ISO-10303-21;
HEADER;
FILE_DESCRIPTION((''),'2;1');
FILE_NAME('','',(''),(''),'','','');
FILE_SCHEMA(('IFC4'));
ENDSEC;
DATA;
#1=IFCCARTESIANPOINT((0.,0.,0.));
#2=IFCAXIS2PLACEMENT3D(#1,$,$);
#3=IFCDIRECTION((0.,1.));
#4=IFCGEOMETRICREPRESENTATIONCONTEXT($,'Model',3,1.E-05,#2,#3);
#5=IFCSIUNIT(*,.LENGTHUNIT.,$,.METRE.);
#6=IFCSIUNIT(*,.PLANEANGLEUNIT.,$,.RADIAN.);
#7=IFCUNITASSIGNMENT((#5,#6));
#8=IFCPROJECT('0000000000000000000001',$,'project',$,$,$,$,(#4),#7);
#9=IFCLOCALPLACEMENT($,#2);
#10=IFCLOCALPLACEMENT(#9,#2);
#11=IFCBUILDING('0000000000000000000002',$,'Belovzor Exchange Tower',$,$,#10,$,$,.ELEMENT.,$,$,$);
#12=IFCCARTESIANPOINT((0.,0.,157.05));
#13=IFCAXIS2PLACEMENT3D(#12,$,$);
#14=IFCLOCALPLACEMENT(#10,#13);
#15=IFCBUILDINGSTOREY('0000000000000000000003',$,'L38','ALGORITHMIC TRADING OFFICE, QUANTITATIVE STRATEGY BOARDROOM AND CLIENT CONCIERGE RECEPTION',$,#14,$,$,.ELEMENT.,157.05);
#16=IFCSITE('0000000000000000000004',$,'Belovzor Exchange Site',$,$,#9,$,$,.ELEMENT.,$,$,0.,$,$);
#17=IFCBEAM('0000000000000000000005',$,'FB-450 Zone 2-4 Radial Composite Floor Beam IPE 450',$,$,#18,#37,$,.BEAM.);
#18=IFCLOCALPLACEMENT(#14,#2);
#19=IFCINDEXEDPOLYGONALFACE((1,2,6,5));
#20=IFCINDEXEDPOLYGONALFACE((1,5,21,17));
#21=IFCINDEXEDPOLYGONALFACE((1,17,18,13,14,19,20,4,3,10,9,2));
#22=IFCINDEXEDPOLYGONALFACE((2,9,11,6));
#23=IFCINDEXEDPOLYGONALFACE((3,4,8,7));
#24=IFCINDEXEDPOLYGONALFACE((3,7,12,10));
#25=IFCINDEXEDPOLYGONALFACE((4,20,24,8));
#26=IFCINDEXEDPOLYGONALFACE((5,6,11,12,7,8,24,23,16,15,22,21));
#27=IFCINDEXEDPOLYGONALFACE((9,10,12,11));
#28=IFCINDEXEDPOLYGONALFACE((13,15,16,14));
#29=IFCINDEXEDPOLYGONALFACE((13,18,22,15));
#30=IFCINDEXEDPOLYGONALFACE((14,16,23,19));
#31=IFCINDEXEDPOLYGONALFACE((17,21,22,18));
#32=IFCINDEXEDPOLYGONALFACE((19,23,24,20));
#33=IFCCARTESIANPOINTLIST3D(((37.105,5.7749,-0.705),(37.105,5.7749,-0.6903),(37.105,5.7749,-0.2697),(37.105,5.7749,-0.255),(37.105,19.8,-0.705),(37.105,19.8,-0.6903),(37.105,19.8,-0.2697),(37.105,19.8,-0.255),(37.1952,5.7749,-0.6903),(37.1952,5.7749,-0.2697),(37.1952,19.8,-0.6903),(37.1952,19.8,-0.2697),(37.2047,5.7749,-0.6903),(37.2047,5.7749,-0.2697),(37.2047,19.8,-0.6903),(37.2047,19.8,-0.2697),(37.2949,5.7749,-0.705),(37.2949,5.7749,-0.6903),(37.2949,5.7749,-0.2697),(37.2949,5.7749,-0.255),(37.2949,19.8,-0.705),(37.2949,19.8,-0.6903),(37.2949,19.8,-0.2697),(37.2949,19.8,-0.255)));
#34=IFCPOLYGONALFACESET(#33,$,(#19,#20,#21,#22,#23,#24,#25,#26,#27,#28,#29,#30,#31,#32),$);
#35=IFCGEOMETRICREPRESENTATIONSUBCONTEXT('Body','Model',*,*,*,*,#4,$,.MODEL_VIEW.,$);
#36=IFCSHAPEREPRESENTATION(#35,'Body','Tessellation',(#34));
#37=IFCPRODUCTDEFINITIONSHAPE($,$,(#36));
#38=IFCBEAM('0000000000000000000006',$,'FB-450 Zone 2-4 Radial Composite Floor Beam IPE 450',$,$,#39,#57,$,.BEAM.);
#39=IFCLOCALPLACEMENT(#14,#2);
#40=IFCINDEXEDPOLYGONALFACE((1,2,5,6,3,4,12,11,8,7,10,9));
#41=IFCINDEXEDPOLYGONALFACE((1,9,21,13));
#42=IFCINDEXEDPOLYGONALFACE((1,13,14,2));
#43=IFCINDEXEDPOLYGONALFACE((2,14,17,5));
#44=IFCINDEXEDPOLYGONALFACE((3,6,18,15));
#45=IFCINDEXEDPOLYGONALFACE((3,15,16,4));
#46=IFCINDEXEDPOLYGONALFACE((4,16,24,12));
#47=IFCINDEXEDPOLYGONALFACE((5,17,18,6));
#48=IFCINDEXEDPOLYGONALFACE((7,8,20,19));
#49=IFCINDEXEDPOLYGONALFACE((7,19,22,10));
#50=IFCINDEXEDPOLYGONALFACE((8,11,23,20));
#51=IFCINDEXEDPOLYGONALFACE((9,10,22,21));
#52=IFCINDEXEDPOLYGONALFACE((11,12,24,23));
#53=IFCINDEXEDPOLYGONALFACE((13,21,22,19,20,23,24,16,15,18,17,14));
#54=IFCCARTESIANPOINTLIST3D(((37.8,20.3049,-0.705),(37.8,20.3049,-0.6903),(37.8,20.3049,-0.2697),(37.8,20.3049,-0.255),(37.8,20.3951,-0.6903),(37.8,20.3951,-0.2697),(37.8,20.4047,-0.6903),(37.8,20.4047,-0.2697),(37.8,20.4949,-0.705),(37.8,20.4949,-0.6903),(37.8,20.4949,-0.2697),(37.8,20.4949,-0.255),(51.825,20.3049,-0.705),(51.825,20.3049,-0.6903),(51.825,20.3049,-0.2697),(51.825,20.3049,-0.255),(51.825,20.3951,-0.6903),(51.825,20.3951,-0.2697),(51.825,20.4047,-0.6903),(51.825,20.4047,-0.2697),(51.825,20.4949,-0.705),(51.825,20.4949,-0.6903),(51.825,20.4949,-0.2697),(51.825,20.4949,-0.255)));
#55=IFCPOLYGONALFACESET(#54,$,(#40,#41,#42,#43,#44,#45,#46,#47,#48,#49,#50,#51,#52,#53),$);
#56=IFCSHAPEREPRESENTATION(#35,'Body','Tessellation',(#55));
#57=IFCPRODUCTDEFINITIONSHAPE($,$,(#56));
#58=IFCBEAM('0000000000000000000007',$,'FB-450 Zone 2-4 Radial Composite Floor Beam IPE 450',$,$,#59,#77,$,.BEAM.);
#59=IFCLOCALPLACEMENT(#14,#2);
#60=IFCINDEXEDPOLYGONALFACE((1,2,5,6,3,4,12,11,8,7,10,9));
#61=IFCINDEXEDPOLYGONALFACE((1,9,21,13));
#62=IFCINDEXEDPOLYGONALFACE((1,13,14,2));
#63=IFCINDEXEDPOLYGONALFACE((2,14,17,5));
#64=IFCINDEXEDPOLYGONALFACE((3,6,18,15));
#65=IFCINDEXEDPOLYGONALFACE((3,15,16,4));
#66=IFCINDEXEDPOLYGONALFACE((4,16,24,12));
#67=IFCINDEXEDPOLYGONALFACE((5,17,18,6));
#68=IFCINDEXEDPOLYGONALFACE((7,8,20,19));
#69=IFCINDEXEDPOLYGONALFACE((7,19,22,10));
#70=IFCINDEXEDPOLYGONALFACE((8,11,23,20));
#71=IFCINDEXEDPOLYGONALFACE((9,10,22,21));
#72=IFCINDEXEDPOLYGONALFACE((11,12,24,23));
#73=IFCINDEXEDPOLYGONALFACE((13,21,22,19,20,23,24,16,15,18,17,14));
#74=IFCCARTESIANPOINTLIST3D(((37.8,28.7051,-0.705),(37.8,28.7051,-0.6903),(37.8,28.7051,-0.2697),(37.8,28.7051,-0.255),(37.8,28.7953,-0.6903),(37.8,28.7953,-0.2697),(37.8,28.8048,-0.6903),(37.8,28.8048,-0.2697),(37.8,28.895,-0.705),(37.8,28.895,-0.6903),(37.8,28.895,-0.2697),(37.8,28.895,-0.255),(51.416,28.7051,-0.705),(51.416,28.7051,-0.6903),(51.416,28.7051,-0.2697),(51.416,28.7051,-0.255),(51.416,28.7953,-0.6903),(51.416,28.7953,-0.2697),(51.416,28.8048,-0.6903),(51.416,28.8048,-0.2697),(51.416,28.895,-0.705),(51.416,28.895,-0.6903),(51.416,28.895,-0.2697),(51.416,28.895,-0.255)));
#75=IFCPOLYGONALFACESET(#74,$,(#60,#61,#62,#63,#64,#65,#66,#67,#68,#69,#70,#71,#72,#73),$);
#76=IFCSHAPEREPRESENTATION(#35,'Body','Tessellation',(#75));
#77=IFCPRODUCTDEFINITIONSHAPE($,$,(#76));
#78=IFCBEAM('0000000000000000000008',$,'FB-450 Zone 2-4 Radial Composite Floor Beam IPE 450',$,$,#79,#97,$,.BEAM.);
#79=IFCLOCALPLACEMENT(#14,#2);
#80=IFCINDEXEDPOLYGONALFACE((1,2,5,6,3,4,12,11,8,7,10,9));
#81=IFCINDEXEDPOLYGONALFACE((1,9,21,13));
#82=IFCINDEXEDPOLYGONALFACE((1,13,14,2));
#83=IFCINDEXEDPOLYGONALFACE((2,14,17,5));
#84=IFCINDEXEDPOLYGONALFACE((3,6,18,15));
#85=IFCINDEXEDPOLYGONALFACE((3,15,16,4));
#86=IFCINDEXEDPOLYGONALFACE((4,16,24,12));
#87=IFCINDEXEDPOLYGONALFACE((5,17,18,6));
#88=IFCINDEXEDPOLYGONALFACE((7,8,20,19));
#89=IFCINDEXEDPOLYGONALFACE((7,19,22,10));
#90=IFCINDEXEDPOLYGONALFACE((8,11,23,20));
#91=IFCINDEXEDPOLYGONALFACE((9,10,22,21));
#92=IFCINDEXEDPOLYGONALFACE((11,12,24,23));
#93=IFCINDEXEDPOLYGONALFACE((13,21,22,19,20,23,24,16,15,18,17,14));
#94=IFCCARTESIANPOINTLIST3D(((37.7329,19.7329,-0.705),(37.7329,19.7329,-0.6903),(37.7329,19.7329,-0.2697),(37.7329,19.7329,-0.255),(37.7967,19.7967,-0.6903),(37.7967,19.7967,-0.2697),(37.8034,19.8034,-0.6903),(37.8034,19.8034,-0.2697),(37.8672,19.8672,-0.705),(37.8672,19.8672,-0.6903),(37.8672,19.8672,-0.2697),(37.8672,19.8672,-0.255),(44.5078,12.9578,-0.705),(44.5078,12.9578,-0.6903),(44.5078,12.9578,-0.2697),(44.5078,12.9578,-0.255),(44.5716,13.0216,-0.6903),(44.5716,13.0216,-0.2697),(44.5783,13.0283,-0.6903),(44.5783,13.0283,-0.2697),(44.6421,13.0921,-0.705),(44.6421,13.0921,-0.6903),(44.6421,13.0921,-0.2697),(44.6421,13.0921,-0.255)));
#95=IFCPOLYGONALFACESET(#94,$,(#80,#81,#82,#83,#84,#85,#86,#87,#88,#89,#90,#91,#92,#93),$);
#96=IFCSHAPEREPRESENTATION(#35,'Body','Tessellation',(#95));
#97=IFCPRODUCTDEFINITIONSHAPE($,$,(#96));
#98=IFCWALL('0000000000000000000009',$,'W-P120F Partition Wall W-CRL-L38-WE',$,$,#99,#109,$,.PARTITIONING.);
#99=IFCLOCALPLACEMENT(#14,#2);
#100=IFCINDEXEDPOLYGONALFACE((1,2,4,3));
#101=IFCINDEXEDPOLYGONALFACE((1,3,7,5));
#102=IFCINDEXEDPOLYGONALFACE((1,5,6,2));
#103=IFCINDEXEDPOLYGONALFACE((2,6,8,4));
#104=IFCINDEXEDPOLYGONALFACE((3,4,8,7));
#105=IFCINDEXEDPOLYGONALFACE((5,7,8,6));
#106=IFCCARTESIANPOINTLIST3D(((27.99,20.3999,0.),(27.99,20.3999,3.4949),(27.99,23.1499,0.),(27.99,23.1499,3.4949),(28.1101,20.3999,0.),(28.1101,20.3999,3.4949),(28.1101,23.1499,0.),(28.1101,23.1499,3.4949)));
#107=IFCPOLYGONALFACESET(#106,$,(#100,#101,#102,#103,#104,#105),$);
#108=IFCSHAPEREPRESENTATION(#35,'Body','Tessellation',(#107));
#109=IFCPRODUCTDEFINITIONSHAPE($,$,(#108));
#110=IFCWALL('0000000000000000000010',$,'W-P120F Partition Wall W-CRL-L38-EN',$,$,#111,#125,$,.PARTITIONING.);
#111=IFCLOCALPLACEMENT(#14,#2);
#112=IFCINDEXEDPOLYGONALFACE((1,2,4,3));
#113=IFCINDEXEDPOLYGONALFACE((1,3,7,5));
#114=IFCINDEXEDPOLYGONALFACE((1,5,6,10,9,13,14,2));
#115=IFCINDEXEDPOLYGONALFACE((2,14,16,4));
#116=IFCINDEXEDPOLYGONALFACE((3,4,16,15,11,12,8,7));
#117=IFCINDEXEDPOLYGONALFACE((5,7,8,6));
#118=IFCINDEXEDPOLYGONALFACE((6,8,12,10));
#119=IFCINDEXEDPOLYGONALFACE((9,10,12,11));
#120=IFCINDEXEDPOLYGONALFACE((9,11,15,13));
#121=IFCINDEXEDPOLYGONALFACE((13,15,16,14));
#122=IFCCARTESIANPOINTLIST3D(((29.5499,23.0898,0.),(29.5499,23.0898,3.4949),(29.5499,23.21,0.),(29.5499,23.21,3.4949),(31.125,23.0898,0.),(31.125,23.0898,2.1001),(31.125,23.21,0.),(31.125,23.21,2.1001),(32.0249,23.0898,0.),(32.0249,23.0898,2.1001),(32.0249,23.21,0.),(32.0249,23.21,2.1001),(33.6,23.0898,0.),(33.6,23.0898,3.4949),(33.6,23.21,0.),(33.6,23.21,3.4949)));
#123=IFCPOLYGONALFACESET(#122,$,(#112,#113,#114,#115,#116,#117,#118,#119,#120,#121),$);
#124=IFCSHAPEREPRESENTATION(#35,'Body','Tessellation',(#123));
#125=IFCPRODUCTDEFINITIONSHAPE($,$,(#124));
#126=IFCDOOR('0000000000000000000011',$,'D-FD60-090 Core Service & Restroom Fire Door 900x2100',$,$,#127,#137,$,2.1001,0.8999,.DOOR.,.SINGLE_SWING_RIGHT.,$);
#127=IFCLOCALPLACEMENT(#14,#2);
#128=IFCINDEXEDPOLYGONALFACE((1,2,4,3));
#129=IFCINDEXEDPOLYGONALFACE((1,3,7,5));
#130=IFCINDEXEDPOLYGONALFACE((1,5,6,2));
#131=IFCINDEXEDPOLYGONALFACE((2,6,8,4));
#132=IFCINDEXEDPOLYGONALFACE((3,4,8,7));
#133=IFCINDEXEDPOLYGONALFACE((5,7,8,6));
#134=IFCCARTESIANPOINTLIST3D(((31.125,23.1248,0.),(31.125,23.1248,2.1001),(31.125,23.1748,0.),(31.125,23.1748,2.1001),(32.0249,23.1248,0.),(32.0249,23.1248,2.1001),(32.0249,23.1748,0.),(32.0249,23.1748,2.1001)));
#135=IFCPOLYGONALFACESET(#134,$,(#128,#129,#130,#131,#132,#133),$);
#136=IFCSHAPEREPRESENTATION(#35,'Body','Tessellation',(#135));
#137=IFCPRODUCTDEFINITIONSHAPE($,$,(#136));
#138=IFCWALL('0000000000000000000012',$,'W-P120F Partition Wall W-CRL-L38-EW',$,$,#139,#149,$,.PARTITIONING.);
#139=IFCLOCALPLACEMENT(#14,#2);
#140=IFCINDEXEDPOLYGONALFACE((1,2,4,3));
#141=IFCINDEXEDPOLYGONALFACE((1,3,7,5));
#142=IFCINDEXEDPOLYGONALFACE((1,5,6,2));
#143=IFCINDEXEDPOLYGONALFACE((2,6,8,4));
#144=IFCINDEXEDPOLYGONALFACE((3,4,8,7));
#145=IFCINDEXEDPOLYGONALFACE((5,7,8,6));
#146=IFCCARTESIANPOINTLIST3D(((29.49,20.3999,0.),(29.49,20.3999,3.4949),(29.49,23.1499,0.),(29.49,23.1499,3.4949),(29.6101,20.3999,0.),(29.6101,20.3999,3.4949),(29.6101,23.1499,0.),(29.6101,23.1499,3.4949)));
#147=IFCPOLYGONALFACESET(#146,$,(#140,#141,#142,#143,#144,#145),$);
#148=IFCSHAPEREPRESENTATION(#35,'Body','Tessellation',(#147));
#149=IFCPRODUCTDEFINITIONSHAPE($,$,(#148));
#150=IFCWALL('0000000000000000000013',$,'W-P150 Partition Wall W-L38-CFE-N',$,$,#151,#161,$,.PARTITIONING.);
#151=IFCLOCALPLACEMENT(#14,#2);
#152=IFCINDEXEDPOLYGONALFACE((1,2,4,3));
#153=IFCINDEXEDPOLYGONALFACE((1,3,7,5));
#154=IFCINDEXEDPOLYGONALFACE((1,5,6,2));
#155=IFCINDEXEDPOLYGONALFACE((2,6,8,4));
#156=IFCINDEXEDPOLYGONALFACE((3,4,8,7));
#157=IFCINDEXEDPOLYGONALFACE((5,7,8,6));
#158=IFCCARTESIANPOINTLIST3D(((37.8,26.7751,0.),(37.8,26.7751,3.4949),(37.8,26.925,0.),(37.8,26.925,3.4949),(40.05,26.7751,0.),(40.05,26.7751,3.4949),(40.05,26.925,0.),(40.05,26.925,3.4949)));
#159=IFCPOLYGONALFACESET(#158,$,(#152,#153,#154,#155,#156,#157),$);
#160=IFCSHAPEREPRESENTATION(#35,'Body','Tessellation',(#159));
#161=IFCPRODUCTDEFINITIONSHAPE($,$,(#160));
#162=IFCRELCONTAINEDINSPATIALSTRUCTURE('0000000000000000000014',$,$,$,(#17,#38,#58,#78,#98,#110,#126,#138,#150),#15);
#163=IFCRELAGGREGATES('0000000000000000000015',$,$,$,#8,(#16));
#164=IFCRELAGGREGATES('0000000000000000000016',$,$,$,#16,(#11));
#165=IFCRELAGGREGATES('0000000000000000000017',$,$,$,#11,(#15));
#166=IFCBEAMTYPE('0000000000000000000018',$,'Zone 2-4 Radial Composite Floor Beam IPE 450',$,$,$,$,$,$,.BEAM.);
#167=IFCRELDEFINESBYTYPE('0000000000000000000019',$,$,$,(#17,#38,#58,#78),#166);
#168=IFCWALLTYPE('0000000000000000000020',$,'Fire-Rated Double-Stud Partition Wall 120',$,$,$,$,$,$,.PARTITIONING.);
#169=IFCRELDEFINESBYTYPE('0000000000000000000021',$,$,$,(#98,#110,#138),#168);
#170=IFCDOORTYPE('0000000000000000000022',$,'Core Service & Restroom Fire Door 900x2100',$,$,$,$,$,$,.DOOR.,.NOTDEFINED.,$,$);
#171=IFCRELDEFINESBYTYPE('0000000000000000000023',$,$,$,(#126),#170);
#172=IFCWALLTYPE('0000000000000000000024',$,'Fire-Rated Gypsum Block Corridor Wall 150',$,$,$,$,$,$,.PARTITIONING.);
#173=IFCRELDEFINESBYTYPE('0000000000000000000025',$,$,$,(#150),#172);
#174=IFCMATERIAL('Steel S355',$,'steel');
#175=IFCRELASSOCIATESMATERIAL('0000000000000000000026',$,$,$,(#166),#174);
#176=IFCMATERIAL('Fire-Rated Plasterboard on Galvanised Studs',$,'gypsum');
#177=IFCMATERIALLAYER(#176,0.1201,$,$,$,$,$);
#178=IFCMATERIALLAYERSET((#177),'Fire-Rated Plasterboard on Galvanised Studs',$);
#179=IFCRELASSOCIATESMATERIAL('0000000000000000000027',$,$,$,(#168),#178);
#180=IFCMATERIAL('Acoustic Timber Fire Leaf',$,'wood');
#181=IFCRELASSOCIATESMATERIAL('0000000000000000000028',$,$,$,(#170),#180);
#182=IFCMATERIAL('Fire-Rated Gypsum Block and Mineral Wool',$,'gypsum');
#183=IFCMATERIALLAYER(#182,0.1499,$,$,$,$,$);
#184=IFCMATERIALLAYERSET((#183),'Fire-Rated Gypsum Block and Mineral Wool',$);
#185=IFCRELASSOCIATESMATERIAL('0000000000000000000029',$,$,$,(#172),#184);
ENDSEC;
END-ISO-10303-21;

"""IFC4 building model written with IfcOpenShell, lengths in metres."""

from ifc_helpers import new_model, si_unit, direction, frame, frame_2d, origin, origin_2d, place, context, subcontext, project, spatial, rectangle, i_section, extrude, material, layer, layer_set, material_profile, profile_set, type_object, element, fill, save


model = new_model("IFC4")

# Units and contexts
model_context = context("Model", 3, precision=1e-05, world=origin(), true_north=direction((0.0, 1.0)))
body_context = subcontext(model_context, "Body", "Model", "MODEL_VIEW")
ifc_project = project(units=[si_unit("LENGTHUNIT", "METRE"), si_unit("PLANEANGLEUNIT", "RADIAN")], contexts=[model_context])

# Site, building, storey
site_placement = place(None, origin())
site = spatial("IfcSite", under=ifc_project, at=site_placement, Name="Belovzor Exchange Site", CompositionType="ELEMENT", RefElevation=0.0)
building_placement = place(site_placement, origin())
building = spatial("IfcBuilding", under=site, at=building_placement, Name="Belovzor Exchange Tower", CompositionType="ELEMENT")
storey_placement = place(building_placement, frame((0.0, 0.0, 157.05)))
storey = spatial("IfcBuildingStorey", under=building, at=storey_placement, Name="L38", Description="ALGORITHMIC TRADING OFFICE, QUANTITATIVE STRATEGY BOARDROOM AND CLIENT CONCIERGE RECEPTION", CompositionType="ELEMENT", Elevation=157.05)

# Beams
ifc_material_1 = material(Name="Steel S355", Category="steel")
ifc_material_profile = material_profile(ifc_material_1, i_section(OverallWidth=0.1899, OverallDepth=0.45, WebThickness=0.0095, FlangeThickness=0.0146, at=origin_2d()))
ifc_profile_set = profile_set([ifc_material_profile], Name="Steel S355")
beam_type = type_object("IfcBeamType", Name="Zone 2-4 Radial Composite Floor Beam IPE 450", PredefinedType="BEAM", material=ifc_profile_set)
beam_1_placement = place(storey_placement, frame((37.2, 19.8, -0.48), z_axis=(0.0, -1.0, 0.0), x_axis=(1.0, 0.0, 0.0)))
element("IfcBeam", 1, at=beam_1_placement, inside=storey, type_object=beam_type, Name="FB-450 Zone 2-4 Radial Composite Floor Beam IPE 450", PredefinedType="BEAM", context=body_context, shape_type="SweptSolid", body=[
    extrude(i_section(OverallWidth=0.1899, OverallDepth=0.45, WebThickness=0.0095, FlangeThickness=0.0146, at=origin_2d()), origin(), (0.0, 0.0, 1.0), 14.0251),
])
beam_2_placement = place(storey_placement, frame((37.8, 20.3999, -0.48), z_axis=(1.0, 0.0, 0.0), x_axis=(0.0, 1.0, 0.0)))
element("IfcBeam", 2, at=beam_2_placement, inside=storey, type_object=beam_type, Name="FB-450 Zone 2-4 Radial Composite Floor Beam IPE 450", PredefinedType="BEAM", context=body_context, shape_type="SweptSolid", body=[
    extrude(i_section(OverallWidth=0.1899, OverallDepth=0.45, WebThickness=0.0095, FlangeThickness=0.0146, at=origin_2d()), origin(), (0.0, 0.0, 1.0), 14.0249),
])
beam_3_placement = place(storey_placement, frame((37.8, 28.8, -0.48), z_axis=(1.0, 0.0, 0.0), x_axis=(0.0, 1.0, 0.0)))
element("IfcBeam", 3, at=beam_3_placement, inside=storey, type_object=beam_type, Name="FB-450 Zone 2-4 Radial Composite Floor Beam IPE 450", PredefinedType="BEAM", context=body_context, shape_type="SweptSolid", body=[
    extrude(i_section(OverallWidth=0.1899, OverallDepth=0.45, WebThickness=0.0095, FlangeThickness=0.0146, at=origin_2d()), origin(), (0.0, 0.0, 1.0), 13.616),
])
beam_4_placement = place(storey_placement, frame((37.8, 19.8, -0.48), z_axis=(0.707094, -0.70712, 0.0), x_axis=(0.70712, 0.707094, 0.0)))
element("IfcBeam", 4, at=beam_4_placement, inside=storey, type_object=beam_type, Name="FB-450 Zone 2-4 Radial Composite Floor Beam IPE 450", PredefinedType="BEAM", context=body_context, shape_type="SweptSolid", body=[
    extrude(i_section(OverallWidth=0.1899, OverallDepth=0.45, WebThickness=0.0095, FlangeThickness=0.0146, at=origin_2d()), origin(), (0.0, 0.0, 1.0), 9.5813),
])

# Wall
ifc_material_2 = material(Name="Fire-Rated Plasterboard on Galvanised Studs", Category="gypsum")
ifc_layer_1 = layer(ifc_material_2, 0.1201)
ifc_layer_set_1 = layer_set([ifc_layer_1], Name="Fire-Rated Plasterboard on Galvanised Studs")
wall_type_1 = type_object("IfcWallType", Name="Fire-Rated Double-Stud Partition Wall 120", PredefinedType="PARTITIONING", material=ifc_layer_set_1)
wall_1_placement = place(storey_placement, frame((28.05, 20.3999, 0.0), z_axis=(0.0, 0.0, 1.0), x_axis=(0.0, 1.0, 0.0)))
element("IfcWall", 5, at=wall_1_placement, inside=storey, type_object=wall_type_1, Name="W-P120F Partition Wall W-CRL-L38-WE", PredefinedType="PARTITIONING", context=body_context, shape_type="SweptSolid", body=[
    extrude(rectangle(XDim=2.75, YDim=0.1201, at=frame_2d((1.375, 0.0))), origin(), (0.0, 0.0, 1.0), 3.4949),
])

# Wall, opening, door
wall_2_placement = place(storey_placement, frame((29.55, 23.1499, 0.0), z_axis=(0.0, 0.0, 1.0), x_axis=(1.0, 0.0, 0.0)))
wall_2 = element("IfcWall", 6, at=wall_2_placement, inside=storey, type_object=wall_type_1, Name="W-P120F Partition Wall W-CRL-L38-EN", PredefinedType="PARTITIONING", context=body_context, shape_type="SweptSolid", body=[
    extrude(rectangle(XDim=4.05, YDim=0.1201, at=frame_2d((2.0249, 0.0))), origin(), (0.0, 0.0, 1.0), 3.4949),
])
opening_1_placement = place(wall_2_placement, frame((1.575, 0.0, 0.0)))
opening_1 = element("IfcOpeningElement", 7, at=opening_1_placement, cuts=wall_2, PredefinedType="OPENING", context=body_context, shape_type="SweptSolid", body=[
    extrude(rectangle(XDim=0.8999, YDim=2.1001, at=frame_2d((0.45, 1.05))), frame((0.0, 0.0701, 0.0), z_axis=(0.0, -1.0, 0.0), x_axis=(1.0, 0.0, 0.0)), (0.0, 0.0, 1.0), 0.1401),
])
ifc_material_3 = material(Name="Acoustic Timber Fire Leaf", Category="wood")
door_type_1 = type_object("IfcDoorType", Name="Core Service & Restroom Fire Door 900x2100", OperationType="NOTDEFINED", PredefinedType="DOOR", material=ifc_material_3)
door_1_placement = place(opening_1_placement, origin())
door_1 = element("IfcDoor", 8, at=door_1_placement, inside=storey, type_object=door_type_1, Name="D-FD60-090 Core Service & Restroom Fire Door 900x2100", OperationType="SINGLE_SWING_RIGHT", OverallHeight=2.1001, OverallWidth=0.8999, PredefinedType="DOOR", context=body_context, shape_type="SweptSolid", body=[
    extrude(rectangle(XDim=0.8999, YDim=2.1001, at=frame_2d((0.45, 1.05))), frame((0.0, 0.0249, 0.0), z_axis=(0.0, -1.0, 0.0), x_axis=(1.0, 0.0, 0.0)), (0.0, 0.0, 1.0), 0.05),
])
fill(opening_1, door_1)

# Walls
wall_3_placement = place(storey_placement, frame((29.55, 20.3999, 0.0), z_axis=(0.0, 0.0, 1.0), x_axis=(0.0, 1.0, 0.0)))
element("IfcWall", 9, at=wall_3_placement, inside=storey, type_object=wall_type_1, Name="W-P120F Partition Wall W-CRL-L38-EW", PredefinedType="PARTITIONING", context=body_context, shape_type="SweptSolid", body=[
    extrude(rectangle(XDim=2.75, YDim=0.1201, at=frame_2d((1.375, 0.0))), origin(), (0.0, 0.0, 1.0), 3.4949),
])
ifc_material_4 = material(Name="Fire-Rated Gypsum Block and Mineral Wool", Category="gypsum")
ifc_layer_2 = layer(ifc_material_4, 0.1499)
ifc_layer_set_2 = layer_set([ifc_layer_2], Name="Fire-Rated Gypsum Block and Mineral Wool")
wall_type_2 = type_object("IfcWallType", Name="Fire-Rated Gypsum Block Corridor Wall 150", PredefinedType="PARTITIONING", material=ifc_layer_set_2)
wall_4_placement = place(storey_placement, frame((37.8, 26.8501, 0.0), z_axis=(0.0, 0.0, 1.0), x_axis=(1.0, 0.0, 0.0)))
element("IfcWall", 10, at=wall_4_placement, inside=storey, type_object=wall_type_2, Name="W-P150 Partition Wall W-L38-CFE-N", PredefinedType="PARTITIONING", context=body_context, shape_type="SweptSolid", body=[
    extrude(rectangle(XDim=2.25, YDim=0.1499, at=frame_2d((1.125, 0.0))), origin(), (0.0, 0.0, 1.0), 3.4949),
])

save(model, "model.ifc")
